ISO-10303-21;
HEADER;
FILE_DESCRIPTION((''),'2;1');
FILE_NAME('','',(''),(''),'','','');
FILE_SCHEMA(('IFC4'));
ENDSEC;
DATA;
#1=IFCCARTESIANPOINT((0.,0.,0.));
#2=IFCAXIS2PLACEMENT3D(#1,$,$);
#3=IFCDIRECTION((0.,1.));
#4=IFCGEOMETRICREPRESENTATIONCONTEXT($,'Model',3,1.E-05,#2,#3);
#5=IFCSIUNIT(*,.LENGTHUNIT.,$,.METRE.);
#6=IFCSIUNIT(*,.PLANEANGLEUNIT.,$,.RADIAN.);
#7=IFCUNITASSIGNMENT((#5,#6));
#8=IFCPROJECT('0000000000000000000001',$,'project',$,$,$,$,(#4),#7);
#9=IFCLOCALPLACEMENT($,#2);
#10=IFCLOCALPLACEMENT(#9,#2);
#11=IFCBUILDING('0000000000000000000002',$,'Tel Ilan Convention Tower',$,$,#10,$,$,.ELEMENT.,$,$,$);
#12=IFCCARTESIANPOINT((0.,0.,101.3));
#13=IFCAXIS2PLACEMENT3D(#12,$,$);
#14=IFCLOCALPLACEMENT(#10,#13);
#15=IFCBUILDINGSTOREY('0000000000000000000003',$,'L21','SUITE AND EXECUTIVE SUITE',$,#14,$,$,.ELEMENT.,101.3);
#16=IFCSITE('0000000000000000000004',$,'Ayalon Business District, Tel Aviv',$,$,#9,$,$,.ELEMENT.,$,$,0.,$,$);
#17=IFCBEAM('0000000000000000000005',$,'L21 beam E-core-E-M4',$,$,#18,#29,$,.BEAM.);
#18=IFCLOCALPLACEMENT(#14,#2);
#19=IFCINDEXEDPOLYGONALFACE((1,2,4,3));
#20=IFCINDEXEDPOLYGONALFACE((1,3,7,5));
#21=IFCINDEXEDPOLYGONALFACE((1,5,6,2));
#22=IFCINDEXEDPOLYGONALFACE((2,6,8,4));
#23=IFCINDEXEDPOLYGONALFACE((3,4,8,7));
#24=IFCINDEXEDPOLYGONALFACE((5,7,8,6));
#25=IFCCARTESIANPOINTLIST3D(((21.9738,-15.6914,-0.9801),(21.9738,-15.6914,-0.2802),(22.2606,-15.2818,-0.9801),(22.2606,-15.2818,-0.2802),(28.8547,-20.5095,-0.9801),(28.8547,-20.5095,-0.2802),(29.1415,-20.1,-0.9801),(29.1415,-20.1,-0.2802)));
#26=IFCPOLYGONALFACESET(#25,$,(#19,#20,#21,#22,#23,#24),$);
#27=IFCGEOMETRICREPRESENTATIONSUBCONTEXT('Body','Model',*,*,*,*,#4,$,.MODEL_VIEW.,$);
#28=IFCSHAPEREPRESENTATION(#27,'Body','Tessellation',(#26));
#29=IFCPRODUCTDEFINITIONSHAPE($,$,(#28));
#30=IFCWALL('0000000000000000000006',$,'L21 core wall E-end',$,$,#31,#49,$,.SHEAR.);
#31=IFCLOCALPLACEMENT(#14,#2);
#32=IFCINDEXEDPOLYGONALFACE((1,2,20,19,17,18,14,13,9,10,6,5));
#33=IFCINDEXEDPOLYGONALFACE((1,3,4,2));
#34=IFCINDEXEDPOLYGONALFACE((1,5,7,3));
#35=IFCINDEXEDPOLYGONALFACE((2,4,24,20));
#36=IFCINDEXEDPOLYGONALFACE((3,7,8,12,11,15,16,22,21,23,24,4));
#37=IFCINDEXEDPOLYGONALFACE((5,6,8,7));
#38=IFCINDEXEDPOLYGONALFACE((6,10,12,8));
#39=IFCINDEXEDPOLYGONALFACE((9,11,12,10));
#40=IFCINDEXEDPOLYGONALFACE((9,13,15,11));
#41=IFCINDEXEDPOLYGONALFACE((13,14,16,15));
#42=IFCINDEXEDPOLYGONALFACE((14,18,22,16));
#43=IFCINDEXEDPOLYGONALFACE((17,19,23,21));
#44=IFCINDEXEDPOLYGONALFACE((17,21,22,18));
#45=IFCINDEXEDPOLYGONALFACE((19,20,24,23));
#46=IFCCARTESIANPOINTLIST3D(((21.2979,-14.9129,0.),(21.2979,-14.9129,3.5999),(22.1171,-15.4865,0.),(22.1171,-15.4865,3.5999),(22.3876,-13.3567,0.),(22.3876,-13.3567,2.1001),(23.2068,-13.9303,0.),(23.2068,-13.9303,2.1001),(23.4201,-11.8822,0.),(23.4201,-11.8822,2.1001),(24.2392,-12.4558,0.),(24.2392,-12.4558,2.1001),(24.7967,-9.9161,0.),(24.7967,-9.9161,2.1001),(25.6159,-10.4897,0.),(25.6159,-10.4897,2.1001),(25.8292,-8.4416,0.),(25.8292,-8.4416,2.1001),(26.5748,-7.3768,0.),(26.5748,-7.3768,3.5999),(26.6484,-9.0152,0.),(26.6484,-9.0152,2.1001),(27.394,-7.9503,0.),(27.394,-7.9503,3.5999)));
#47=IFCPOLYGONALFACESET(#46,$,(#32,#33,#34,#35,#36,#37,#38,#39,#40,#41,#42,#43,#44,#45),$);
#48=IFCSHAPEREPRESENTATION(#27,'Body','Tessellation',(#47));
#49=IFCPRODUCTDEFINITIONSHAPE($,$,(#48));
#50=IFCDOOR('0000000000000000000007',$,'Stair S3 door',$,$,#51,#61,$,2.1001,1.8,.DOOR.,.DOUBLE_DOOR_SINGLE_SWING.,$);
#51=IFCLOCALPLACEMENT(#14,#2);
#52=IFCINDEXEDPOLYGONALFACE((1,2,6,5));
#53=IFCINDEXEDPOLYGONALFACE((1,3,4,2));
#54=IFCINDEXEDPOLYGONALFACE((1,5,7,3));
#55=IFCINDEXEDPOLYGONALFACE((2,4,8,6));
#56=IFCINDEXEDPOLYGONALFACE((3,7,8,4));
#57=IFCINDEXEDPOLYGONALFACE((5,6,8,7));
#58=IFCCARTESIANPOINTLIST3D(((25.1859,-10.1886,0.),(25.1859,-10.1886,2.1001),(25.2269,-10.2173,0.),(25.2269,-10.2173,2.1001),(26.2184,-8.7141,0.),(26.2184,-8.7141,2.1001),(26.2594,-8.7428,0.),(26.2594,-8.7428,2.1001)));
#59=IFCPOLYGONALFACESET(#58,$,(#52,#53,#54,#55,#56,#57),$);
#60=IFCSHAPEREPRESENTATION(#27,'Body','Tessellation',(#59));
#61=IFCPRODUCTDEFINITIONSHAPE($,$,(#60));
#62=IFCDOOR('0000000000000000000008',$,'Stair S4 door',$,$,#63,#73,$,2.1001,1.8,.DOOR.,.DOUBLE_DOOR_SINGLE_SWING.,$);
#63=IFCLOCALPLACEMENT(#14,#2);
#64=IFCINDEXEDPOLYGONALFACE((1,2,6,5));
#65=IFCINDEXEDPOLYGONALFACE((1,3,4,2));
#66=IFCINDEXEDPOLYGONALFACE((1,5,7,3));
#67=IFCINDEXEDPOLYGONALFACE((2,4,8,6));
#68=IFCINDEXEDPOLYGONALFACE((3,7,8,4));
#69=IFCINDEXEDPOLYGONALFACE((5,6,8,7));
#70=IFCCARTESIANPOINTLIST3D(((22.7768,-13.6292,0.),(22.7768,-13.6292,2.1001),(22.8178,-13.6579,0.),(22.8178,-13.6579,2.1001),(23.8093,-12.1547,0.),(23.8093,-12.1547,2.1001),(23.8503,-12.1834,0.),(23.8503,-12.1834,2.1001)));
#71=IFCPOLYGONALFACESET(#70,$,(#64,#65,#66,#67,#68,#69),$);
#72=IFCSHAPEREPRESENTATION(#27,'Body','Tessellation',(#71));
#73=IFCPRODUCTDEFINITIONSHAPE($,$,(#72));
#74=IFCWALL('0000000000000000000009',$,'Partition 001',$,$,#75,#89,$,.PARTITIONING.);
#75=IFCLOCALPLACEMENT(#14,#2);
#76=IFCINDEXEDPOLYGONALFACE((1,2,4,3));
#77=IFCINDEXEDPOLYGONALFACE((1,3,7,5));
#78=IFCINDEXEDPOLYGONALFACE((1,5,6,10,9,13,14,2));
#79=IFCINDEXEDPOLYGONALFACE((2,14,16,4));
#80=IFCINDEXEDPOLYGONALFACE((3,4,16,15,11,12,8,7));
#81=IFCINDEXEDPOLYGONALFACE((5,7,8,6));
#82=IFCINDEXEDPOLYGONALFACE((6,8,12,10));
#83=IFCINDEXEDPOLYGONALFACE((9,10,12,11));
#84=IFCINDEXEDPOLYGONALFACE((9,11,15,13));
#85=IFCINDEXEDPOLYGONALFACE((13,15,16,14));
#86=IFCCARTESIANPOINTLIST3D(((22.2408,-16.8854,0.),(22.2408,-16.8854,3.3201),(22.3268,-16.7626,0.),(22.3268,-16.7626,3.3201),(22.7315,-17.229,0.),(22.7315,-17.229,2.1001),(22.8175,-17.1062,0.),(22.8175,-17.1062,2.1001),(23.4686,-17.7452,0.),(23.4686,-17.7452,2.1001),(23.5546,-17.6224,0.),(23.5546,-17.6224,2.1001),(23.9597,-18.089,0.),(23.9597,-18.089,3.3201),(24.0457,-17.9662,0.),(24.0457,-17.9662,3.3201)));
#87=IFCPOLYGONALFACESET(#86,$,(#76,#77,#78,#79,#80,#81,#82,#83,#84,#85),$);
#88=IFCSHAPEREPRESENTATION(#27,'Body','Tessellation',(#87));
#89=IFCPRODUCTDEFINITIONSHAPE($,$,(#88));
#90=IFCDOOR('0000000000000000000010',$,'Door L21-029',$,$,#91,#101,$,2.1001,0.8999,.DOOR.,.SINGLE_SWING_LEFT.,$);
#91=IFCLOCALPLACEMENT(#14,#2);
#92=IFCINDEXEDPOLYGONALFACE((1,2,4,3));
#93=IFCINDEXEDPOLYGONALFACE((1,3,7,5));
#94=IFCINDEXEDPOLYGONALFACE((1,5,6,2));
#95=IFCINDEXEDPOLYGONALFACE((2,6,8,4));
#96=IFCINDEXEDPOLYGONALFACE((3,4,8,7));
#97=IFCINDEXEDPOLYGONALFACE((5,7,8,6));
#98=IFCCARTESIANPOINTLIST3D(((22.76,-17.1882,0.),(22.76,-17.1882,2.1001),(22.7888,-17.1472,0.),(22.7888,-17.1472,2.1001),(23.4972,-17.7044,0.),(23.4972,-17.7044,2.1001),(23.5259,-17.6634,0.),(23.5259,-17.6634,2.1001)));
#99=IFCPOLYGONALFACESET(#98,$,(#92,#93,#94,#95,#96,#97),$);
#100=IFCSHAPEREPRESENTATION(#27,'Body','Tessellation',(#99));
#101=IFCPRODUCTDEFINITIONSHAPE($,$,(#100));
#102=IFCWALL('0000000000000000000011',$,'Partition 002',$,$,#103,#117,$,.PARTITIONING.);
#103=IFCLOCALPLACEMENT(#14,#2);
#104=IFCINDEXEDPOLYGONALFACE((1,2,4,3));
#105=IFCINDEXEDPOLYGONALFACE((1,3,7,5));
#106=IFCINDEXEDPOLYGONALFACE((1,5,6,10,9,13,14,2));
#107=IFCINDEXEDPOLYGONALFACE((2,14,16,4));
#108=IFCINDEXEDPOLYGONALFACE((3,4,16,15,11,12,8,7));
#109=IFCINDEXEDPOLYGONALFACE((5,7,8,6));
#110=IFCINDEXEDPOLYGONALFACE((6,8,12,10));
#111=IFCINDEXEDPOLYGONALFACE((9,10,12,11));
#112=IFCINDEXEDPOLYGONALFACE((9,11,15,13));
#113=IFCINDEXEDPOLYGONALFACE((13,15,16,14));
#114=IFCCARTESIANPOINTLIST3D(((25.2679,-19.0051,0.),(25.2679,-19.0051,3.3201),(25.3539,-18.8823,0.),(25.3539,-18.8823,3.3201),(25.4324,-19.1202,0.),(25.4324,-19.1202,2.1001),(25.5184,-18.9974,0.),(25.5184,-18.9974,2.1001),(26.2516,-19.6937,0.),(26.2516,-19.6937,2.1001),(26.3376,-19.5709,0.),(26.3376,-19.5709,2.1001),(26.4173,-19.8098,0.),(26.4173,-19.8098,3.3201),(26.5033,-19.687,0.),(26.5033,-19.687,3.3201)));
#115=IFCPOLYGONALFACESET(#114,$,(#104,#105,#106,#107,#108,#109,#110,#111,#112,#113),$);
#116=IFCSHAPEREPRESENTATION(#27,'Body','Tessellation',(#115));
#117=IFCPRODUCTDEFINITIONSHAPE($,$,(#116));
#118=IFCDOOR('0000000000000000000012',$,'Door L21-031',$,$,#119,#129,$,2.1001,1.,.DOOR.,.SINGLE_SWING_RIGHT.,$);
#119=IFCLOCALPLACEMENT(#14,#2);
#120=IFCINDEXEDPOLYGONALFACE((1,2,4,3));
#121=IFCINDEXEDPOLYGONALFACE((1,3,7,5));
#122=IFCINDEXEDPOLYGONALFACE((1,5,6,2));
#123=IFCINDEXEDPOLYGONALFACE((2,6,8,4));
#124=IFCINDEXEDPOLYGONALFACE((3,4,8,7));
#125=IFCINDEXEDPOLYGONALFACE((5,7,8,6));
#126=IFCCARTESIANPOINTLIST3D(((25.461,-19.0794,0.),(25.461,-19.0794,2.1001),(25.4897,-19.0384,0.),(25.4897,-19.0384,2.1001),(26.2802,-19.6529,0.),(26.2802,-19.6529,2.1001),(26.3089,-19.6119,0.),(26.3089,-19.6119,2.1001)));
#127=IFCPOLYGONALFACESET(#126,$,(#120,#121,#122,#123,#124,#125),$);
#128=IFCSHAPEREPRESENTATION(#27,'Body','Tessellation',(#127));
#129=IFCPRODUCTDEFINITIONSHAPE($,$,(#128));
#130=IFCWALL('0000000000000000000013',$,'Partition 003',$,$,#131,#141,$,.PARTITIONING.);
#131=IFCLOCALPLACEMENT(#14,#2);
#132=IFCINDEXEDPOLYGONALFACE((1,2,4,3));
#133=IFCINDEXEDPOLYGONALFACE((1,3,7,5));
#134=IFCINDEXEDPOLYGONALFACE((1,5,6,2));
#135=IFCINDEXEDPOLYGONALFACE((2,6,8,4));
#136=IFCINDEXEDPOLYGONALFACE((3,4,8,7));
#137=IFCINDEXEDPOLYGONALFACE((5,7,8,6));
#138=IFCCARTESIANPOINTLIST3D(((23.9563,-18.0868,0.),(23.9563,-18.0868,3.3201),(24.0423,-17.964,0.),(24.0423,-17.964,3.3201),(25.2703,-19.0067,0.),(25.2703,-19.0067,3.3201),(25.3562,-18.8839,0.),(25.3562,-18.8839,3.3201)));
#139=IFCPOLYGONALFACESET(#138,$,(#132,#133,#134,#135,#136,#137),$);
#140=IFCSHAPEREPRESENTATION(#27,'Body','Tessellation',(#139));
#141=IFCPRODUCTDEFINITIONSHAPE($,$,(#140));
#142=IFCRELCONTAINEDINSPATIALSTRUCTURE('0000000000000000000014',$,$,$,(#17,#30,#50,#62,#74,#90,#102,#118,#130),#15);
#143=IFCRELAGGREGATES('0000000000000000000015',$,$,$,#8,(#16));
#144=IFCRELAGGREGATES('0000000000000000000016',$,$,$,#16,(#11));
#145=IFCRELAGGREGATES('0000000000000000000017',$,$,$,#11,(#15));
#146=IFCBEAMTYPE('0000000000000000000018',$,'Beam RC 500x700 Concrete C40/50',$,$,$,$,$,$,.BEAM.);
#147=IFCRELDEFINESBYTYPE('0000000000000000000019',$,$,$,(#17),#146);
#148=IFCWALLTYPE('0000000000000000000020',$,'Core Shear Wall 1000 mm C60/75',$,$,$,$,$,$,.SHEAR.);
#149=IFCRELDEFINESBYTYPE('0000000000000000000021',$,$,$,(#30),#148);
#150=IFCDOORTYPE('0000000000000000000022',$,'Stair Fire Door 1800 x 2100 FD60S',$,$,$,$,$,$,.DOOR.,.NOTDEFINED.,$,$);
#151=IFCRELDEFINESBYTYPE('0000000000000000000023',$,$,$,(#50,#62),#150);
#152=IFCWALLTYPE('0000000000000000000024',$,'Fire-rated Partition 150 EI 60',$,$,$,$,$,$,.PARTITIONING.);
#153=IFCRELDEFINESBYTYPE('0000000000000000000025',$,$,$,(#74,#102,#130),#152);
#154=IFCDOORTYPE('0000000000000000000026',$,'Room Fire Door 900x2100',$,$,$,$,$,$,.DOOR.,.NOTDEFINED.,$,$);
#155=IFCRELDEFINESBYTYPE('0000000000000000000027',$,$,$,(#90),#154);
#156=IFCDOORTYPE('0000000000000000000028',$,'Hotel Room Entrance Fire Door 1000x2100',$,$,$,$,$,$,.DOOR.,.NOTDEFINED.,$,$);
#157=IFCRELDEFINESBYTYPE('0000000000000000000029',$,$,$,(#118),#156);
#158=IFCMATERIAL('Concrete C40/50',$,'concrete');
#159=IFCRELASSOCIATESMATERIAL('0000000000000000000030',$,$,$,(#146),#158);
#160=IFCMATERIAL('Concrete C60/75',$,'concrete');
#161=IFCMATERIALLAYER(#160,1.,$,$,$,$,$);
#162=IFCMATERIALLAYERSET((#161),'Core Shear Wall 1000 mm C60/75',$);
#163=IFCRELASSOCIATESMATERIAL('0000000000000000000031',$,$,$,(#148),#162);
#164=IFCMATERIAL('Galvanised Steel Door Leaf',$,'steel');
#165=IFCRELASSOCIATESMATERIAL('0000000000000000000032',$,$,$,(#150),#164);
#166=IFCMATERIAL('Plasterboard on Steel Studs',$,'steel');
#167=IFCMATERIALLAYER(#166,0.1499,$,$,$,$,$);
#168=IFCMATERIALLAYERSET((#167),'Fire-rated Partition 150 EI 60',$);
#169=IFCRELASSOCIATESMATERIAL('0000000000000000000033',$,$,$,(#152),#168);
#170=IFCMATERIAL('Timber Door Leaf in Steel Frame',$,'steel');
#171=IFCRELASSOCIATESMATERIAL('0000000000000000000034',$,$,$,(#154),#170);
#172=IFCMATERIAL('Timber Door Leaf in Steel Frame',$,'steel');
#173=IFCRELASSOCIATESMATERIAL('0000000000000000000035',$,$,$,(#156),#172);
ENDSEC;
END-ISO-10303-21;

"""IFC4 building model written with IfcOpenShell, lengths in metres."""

from ifc_helpers import new_model, si_unit, direction, frame, frame_2d, origin, origin_2d, place, context, subcontext, project, spatial, polyline, rectangle, outline, extrude, material, layer, layer_set, material_profile, profile_set, type_object, element, fill, save


model = new_model("IFC4")

# Units and contexts
model_context = context("Model", 3, precision=1e-05, world=origin(), true_north=direction((0.0, 1.0)))
body_context = subcontext(model_context, "Body", "Model", "MODEL_VIEW")
ifc_project = project(units=[si_unit("LENGTHUNIT", "METRE"), si_unit("PLANEANGLEUNIT", "RADIAN")], contexts=[model_context])

# Site, building, storey
site_placement = place(None, origin())
site = spatial("IfcSite", under=ifc_project, at=site_placement, Name="Ayalon Business District, Tel Aviv", CompositionType="ELEMENT", RefElevation=0.0)
building_placement = place(site_placement, origin())
building = spatial("IfcBuilding", under=site, at=building_placement, Name="Tel Ilan Convention Tower", CompositionType="ELEMENT")
storey_placement = place(building_placement, frame((0.0, 0.0, 101.3)))
storey = spatial("IfcBuildingStorey", under=building, at=storey_placement, Name="L21", Description="SUITE AND EXECUTIVE SUITE", CompositionType="ELEMENT", Elevation=101.3)

# Beam
ifc_material_1 = material(Name="Concrete C40/50", Category="concrete")
ifc_material_profile = material_profile(ifc_material_1, rectangle(XDim=0.5, YDim=0.7, at=origin_2d()), Name="RC 500x700")
ifc_profile_set = profile_set([ifc_material_profile], Name="Concrete C40/50")
beam_type = type_object("IfcBeamType", Name="Beam RC 500x700 Concrete C40/50", PredefinedType="BEAM", material=ifc_profile_set)
beam_placement = place(storey_placement, frame((22.1172, -15.4866, -0.6301), z_axis=(0.819147, -0.573583, 0.0), x_axis=(0.573583, 0.819147, 0.0)))
element("IfcBeam", 1, at=beam_placement, inside=storey, type_object=beam_type, Name="L21 beam E-core-E-M4", PredefinedType="BEAM", context=body_context, shape_type="SweptSolid", body=[
    extrude(rectangle(XDim=0.5, YDim=0.7, at=origin_2d()), origin(), (0.0, 0.0, 1.0), 8.4001),
])

# Wall, openings, doors
ifc_material_2 = material(Name="Concrete C60/75", Category="concrete")
ifc_layer_1 = layer(ifc_material_2, 1.0)
ifc_layer_set_1 = layer_set([ifc_layer_1], Name="Core Shear Wall 1000 mm C60/75")
wall_type_1 = type_object("IfcWallType", Name="Core Shear Wall 1000 mm C60/75", PredefinedType="SHEAR", material=ifc_layer_set_1)
wall_1_placement = place(storey_placement, frame((21.7075, -15.1997, 0.0), z_axis=(0.0, 0.0, 1.0), x_axis=(0.573576, 0.819152, 0.0)))
wall_1 = element("IfcWall", 2, at=wall_1_placement, inside=storey, type_object=wall_type_1, Name="L21 core wall E-end", PredefinedType="SHEAR", context=body_context, shape_type="SweptSolid", body=[
    extrude(outline(polyline([(9.2, 0.5), (0.0, 0.5), (0.0, -0.5), (9.2, -0.5), (9.2, 0.5)])), origin(), (0.0, 0.0, 1.0), 3.5999),
])
opening_1_placement = place(wall_1_placement, frame((6.1001, 0.0, 0.0)))
opening_1 = element("IfcOpeningElement", 3, at=opening_1_placement, cuts=wall_1, PredefinedType="OPENING", context=body_context, shape_type="SweptSolid", body=[
    extrude(rectangle(XDim=1.8, YDim=2.1001, at=frame_2d((0.8999, 1.05))), frame((0.0, 0.51, 0.0), z_axis=(0.0, -1.0, 0.0), x_axis=(1.0, 0.0, 0.0)), (0.0, 0.0, 1.0), 1.02),
])
opening_2_placement = place(wall_1_placement, frame((1.8999, 0.0, 0.0)))
opening_2 = element("IfcOpeningElement", 4, at=opening_2_placement, cuts=wall_1, PredefinedType="OPENING", context=body_context, shape_type="SweptSolid", body=[
    extrude(rectangle(XDim=1.8, YDim=2.1001, at=frame_2d((0.8999, 1.05))), frame((0.0, 0.51, 0.0), z_axis=(0.0, -1.0, 0.0), x_axis=(1.0, 0.0, 0.0)), (0.0, 0.0, 1.0), 1.02),
])
ifc_material_3 = material(Name="Galvanised Steel Door Leaf", Category="steel")
door_type_1 = type_object("IfcDoorType", Name="Stair Fire Door 1800 x 2100 FD60S", OperationType="NOTDEFINED", PredefinedType="DOOR", material=ifc_material_3)
door_1_placement = place(opening_1_placement, origin())
door_1 = element("IfcDoor", 5, at=door_1_placement, inside=storey, type_object=door_type_1, Name="Stair S3 door", OperationType="DOUBLE_DOOR_SINGLE_SWING", OverallHeight=2.1001, OverallWidth=1.8, PredefinedType="DOOR", context=body_context, shape_type="SweptSolid", body=[
    extrude(rectangle(XDim=1.8, YDim=2.1001, at=frame_2d((0.8999, 1.05))), frame((0.0, 0.0249, 0.0), z_axis=(0.0, -1.0, 0.0), x_axis=(1.0, 0.0, 0.0)), (0.0, 0.0, 1.0), 0.05),
])
fill(opening_1, door_1)
door_2_placement = place(opening_2_placement, origin())
door_2 = element("IfcDoor", 6, at=door_2_placement, inside=storey, type_object=door_type_1, Name="Stair S4 door", OperationType="DOUBLE_DOOR_SINGLE_SWING", OverallHeight=2.1001, OverallWidth=1.8, PredefinedType="DOOR", context=body_context, shape_type="SweptSolid", body=[
    extrude(rectangle(XDim=1.8, YDim=2.1001, at=frame_2d((0.8999, 1.05))), frame((0.0, 0.0249, 0.0), z_axis=(0.0, -1.0, 0.0), x_axis=(1.0, 0.0, 0.0)), (0.0, 0.0, 1.0), 0.05),
])
fill(opening_2, door_2)

# Walls, openings, doors
ifc_material_4 = material(Name="Plasterboard on Steel Studs", Category="steel")
ifc_layer_2 = layer(ifc_material_4, 0.1499)
ifc_layer_set_2 = layer_set([ifc_layer_2], Name="Fire-rated Partition 150 EI 60")
wall_type_2 = type_object("IfcWallType", Name="Fire-rated Partition 150 EI 60", PredefinedType="PARTITIONING", material=ifc_layer_set_2)
wall_2_placement = place(storey_placement, frame((22.2837, -16.824, 0.0), z_axis=(0.0, 0.0, 1.0), x_axis=(0.819161, -0.573564, 0.0)))
wall_2 = element("IfcWall", 7, at=wall_2_placement, inside=storey, type_object=wall_type_2, Name="Partition 001", PredefinedType="PARTITIONING", context=body_context, shape_type="SweptSolid", body=[
    extrude(rectangle(XDim=2.0984, YDim=0.1499, at=frame_2d((1.0493, 0.0))), origin(), (0.0, 0.0, 1.0), 3.3201),
])
opening_3_placement = place(wall_2_placement, frame((0.5991, 0.0, 0.0)))
opening_3 = element("IfcOpeningElement", 8, at=opening_3_placement, cuts=wall_2, PredefinedType="OPENING", context=body_context, shape_type="SweptSolid", body=[
    extrude(rectangle(XDim=0.8999, YDim=2.1001, at=frame_2d((0.45, 1.05))), frame((0.0, 0.085, 0.0), z_axis=(0.0, -1.0, 0.0), x_axis=(1.0, 0.0, 0.0)), (0.0, 0.0, 1.0), 0.1699),
])
ifc_material_5 = material(Name="Timber Door Leaf in Steel Frame", Category="steel")
door_type_2 = type_object("IfcDoorType", Name="Room Fire Door 900x2100", OperationType="NOTDEFINED", PredefinedType="DOOR", material=ifc_material_5)
door_3_placement = place(opening_3_placement, origin())
door_3 = element("IfcDoor", 9, at=door_3_placement, inside=storey, type_object=door_type_2, Name="Door L21-029", OperationType="SINGLE_SWING_LEFT", OverallHeight=2.1001, OverallWidth=0.8999, PredefinedType="DOOR", context=body_context, shape_type="SweptSolid", body=[
    extrude(rectangle(XDim=0.8999, YDim=2.1001, at=frame_2d((0.45, 1.05))), frame((0.0, 0.0249, 0.0), z_axis=(0.0, -1.0, 0.0), x_axis=(1.0, 0.0, 0.0)), (0.0, 0.0, 1.0), 0.05),
])
fill(opening_3, door_3)
wall_3_placement = place(storey_placement, frame((25.3108, -18.9436, 0.0), z_axis=(0.0, 0.0, 1.0), x_axis=(0.819199, -0.573509, 0.0)))
wall_3 = element("IfcWall", 10, at=wall_3_placement, inside=storey, type_object=wall_type_2, Name="Partition 002", PredefinedType="PARTITIONING", context=body_context, shape_type="SweptSolid", body=[
    extrude(rectangle(XDim=1.4031, YDim=0.1499, at=frame_2d((0.7017, 0.0))), origin(), (0.0, 0.0, 1.0), 3.3201),
])
opening_4_placement = place(wall_3_placement, frame((0.2009, 0.0, 0.0)))
opening_4 = element("IfcOpeningElement", 11, at=opening_4_placement, cuts=wall_3, PredefinedType="OPENING", context=body_context, shape_type="SweptSolid", body=[
    extrude(rectangle(XDim=1.0, YDim=2.1001, at=frame_2d((0.5, 1.05))), frame((0.0, 0.085, 0.0), z_axis=(0.0, -1.0, 0.0), x_axis=(1.0, 0.0, 0.0)), (0.0, 0.0, 1.0), 0.1699),
])
ifc_material_6 = material(Name="Timber Door Leaf in Steel Frame", Category="steel")
door_type_3 = type_object("IfcDoorType", Name="Hotel Room Entrance Fire Door 1000x2100", OperationType="NOTDEFINED", PredefinedType="DOOR", material=ifc_material_6)
door_4_placement = place(opening_4_placement, origin())
door_4 = element("IfcDoor", 12, at=door_4_placement, inside=storey, type_object=door_type_3, Name="Door L21-031", OperationType="SINGLE_SWING_RIGHT", OverallHeight=2.1001, OverallWidth=1.0, PredefinedType="DOOR", context=body_context, shape_type="SweptSolid", body=[
    extrude(rectangle(XDim=1.0, YDim=2.1001, at=frame_2d((0.5, 1.05))), frame((0.0, 0.0249, 0.0), z_axis=(0.0, -1.0, 0.0), x_axis=(1.0, 0.0, 0.0)), (0.0, 0.0, 1.0), 0.05),
])
fill(opening_4, door_4)

# Wall
wall_4_placement = place(storey_placement, frame((23.9993, -18.0254, 0.0), z_axis=(0.0, 0.0, 1.0), x_axis=(0.819189, -0.573524, 0.0)))
element("IfcWall", 13, at=wall_4_placement, inside=storey, type_object=wall_type_2, Name="Partition 003", PredefinedType="PARTITIONING", context=body_context, shape_type="SweptSolid", body=[
    extrude(rectangle(XDim=1.604, YDim=0.1499, at=frame_2d((0.802, 0.0))), origin(), (0.0, 0.0, 1.0), 3.3201),
])

save(model, "model.ifc")
